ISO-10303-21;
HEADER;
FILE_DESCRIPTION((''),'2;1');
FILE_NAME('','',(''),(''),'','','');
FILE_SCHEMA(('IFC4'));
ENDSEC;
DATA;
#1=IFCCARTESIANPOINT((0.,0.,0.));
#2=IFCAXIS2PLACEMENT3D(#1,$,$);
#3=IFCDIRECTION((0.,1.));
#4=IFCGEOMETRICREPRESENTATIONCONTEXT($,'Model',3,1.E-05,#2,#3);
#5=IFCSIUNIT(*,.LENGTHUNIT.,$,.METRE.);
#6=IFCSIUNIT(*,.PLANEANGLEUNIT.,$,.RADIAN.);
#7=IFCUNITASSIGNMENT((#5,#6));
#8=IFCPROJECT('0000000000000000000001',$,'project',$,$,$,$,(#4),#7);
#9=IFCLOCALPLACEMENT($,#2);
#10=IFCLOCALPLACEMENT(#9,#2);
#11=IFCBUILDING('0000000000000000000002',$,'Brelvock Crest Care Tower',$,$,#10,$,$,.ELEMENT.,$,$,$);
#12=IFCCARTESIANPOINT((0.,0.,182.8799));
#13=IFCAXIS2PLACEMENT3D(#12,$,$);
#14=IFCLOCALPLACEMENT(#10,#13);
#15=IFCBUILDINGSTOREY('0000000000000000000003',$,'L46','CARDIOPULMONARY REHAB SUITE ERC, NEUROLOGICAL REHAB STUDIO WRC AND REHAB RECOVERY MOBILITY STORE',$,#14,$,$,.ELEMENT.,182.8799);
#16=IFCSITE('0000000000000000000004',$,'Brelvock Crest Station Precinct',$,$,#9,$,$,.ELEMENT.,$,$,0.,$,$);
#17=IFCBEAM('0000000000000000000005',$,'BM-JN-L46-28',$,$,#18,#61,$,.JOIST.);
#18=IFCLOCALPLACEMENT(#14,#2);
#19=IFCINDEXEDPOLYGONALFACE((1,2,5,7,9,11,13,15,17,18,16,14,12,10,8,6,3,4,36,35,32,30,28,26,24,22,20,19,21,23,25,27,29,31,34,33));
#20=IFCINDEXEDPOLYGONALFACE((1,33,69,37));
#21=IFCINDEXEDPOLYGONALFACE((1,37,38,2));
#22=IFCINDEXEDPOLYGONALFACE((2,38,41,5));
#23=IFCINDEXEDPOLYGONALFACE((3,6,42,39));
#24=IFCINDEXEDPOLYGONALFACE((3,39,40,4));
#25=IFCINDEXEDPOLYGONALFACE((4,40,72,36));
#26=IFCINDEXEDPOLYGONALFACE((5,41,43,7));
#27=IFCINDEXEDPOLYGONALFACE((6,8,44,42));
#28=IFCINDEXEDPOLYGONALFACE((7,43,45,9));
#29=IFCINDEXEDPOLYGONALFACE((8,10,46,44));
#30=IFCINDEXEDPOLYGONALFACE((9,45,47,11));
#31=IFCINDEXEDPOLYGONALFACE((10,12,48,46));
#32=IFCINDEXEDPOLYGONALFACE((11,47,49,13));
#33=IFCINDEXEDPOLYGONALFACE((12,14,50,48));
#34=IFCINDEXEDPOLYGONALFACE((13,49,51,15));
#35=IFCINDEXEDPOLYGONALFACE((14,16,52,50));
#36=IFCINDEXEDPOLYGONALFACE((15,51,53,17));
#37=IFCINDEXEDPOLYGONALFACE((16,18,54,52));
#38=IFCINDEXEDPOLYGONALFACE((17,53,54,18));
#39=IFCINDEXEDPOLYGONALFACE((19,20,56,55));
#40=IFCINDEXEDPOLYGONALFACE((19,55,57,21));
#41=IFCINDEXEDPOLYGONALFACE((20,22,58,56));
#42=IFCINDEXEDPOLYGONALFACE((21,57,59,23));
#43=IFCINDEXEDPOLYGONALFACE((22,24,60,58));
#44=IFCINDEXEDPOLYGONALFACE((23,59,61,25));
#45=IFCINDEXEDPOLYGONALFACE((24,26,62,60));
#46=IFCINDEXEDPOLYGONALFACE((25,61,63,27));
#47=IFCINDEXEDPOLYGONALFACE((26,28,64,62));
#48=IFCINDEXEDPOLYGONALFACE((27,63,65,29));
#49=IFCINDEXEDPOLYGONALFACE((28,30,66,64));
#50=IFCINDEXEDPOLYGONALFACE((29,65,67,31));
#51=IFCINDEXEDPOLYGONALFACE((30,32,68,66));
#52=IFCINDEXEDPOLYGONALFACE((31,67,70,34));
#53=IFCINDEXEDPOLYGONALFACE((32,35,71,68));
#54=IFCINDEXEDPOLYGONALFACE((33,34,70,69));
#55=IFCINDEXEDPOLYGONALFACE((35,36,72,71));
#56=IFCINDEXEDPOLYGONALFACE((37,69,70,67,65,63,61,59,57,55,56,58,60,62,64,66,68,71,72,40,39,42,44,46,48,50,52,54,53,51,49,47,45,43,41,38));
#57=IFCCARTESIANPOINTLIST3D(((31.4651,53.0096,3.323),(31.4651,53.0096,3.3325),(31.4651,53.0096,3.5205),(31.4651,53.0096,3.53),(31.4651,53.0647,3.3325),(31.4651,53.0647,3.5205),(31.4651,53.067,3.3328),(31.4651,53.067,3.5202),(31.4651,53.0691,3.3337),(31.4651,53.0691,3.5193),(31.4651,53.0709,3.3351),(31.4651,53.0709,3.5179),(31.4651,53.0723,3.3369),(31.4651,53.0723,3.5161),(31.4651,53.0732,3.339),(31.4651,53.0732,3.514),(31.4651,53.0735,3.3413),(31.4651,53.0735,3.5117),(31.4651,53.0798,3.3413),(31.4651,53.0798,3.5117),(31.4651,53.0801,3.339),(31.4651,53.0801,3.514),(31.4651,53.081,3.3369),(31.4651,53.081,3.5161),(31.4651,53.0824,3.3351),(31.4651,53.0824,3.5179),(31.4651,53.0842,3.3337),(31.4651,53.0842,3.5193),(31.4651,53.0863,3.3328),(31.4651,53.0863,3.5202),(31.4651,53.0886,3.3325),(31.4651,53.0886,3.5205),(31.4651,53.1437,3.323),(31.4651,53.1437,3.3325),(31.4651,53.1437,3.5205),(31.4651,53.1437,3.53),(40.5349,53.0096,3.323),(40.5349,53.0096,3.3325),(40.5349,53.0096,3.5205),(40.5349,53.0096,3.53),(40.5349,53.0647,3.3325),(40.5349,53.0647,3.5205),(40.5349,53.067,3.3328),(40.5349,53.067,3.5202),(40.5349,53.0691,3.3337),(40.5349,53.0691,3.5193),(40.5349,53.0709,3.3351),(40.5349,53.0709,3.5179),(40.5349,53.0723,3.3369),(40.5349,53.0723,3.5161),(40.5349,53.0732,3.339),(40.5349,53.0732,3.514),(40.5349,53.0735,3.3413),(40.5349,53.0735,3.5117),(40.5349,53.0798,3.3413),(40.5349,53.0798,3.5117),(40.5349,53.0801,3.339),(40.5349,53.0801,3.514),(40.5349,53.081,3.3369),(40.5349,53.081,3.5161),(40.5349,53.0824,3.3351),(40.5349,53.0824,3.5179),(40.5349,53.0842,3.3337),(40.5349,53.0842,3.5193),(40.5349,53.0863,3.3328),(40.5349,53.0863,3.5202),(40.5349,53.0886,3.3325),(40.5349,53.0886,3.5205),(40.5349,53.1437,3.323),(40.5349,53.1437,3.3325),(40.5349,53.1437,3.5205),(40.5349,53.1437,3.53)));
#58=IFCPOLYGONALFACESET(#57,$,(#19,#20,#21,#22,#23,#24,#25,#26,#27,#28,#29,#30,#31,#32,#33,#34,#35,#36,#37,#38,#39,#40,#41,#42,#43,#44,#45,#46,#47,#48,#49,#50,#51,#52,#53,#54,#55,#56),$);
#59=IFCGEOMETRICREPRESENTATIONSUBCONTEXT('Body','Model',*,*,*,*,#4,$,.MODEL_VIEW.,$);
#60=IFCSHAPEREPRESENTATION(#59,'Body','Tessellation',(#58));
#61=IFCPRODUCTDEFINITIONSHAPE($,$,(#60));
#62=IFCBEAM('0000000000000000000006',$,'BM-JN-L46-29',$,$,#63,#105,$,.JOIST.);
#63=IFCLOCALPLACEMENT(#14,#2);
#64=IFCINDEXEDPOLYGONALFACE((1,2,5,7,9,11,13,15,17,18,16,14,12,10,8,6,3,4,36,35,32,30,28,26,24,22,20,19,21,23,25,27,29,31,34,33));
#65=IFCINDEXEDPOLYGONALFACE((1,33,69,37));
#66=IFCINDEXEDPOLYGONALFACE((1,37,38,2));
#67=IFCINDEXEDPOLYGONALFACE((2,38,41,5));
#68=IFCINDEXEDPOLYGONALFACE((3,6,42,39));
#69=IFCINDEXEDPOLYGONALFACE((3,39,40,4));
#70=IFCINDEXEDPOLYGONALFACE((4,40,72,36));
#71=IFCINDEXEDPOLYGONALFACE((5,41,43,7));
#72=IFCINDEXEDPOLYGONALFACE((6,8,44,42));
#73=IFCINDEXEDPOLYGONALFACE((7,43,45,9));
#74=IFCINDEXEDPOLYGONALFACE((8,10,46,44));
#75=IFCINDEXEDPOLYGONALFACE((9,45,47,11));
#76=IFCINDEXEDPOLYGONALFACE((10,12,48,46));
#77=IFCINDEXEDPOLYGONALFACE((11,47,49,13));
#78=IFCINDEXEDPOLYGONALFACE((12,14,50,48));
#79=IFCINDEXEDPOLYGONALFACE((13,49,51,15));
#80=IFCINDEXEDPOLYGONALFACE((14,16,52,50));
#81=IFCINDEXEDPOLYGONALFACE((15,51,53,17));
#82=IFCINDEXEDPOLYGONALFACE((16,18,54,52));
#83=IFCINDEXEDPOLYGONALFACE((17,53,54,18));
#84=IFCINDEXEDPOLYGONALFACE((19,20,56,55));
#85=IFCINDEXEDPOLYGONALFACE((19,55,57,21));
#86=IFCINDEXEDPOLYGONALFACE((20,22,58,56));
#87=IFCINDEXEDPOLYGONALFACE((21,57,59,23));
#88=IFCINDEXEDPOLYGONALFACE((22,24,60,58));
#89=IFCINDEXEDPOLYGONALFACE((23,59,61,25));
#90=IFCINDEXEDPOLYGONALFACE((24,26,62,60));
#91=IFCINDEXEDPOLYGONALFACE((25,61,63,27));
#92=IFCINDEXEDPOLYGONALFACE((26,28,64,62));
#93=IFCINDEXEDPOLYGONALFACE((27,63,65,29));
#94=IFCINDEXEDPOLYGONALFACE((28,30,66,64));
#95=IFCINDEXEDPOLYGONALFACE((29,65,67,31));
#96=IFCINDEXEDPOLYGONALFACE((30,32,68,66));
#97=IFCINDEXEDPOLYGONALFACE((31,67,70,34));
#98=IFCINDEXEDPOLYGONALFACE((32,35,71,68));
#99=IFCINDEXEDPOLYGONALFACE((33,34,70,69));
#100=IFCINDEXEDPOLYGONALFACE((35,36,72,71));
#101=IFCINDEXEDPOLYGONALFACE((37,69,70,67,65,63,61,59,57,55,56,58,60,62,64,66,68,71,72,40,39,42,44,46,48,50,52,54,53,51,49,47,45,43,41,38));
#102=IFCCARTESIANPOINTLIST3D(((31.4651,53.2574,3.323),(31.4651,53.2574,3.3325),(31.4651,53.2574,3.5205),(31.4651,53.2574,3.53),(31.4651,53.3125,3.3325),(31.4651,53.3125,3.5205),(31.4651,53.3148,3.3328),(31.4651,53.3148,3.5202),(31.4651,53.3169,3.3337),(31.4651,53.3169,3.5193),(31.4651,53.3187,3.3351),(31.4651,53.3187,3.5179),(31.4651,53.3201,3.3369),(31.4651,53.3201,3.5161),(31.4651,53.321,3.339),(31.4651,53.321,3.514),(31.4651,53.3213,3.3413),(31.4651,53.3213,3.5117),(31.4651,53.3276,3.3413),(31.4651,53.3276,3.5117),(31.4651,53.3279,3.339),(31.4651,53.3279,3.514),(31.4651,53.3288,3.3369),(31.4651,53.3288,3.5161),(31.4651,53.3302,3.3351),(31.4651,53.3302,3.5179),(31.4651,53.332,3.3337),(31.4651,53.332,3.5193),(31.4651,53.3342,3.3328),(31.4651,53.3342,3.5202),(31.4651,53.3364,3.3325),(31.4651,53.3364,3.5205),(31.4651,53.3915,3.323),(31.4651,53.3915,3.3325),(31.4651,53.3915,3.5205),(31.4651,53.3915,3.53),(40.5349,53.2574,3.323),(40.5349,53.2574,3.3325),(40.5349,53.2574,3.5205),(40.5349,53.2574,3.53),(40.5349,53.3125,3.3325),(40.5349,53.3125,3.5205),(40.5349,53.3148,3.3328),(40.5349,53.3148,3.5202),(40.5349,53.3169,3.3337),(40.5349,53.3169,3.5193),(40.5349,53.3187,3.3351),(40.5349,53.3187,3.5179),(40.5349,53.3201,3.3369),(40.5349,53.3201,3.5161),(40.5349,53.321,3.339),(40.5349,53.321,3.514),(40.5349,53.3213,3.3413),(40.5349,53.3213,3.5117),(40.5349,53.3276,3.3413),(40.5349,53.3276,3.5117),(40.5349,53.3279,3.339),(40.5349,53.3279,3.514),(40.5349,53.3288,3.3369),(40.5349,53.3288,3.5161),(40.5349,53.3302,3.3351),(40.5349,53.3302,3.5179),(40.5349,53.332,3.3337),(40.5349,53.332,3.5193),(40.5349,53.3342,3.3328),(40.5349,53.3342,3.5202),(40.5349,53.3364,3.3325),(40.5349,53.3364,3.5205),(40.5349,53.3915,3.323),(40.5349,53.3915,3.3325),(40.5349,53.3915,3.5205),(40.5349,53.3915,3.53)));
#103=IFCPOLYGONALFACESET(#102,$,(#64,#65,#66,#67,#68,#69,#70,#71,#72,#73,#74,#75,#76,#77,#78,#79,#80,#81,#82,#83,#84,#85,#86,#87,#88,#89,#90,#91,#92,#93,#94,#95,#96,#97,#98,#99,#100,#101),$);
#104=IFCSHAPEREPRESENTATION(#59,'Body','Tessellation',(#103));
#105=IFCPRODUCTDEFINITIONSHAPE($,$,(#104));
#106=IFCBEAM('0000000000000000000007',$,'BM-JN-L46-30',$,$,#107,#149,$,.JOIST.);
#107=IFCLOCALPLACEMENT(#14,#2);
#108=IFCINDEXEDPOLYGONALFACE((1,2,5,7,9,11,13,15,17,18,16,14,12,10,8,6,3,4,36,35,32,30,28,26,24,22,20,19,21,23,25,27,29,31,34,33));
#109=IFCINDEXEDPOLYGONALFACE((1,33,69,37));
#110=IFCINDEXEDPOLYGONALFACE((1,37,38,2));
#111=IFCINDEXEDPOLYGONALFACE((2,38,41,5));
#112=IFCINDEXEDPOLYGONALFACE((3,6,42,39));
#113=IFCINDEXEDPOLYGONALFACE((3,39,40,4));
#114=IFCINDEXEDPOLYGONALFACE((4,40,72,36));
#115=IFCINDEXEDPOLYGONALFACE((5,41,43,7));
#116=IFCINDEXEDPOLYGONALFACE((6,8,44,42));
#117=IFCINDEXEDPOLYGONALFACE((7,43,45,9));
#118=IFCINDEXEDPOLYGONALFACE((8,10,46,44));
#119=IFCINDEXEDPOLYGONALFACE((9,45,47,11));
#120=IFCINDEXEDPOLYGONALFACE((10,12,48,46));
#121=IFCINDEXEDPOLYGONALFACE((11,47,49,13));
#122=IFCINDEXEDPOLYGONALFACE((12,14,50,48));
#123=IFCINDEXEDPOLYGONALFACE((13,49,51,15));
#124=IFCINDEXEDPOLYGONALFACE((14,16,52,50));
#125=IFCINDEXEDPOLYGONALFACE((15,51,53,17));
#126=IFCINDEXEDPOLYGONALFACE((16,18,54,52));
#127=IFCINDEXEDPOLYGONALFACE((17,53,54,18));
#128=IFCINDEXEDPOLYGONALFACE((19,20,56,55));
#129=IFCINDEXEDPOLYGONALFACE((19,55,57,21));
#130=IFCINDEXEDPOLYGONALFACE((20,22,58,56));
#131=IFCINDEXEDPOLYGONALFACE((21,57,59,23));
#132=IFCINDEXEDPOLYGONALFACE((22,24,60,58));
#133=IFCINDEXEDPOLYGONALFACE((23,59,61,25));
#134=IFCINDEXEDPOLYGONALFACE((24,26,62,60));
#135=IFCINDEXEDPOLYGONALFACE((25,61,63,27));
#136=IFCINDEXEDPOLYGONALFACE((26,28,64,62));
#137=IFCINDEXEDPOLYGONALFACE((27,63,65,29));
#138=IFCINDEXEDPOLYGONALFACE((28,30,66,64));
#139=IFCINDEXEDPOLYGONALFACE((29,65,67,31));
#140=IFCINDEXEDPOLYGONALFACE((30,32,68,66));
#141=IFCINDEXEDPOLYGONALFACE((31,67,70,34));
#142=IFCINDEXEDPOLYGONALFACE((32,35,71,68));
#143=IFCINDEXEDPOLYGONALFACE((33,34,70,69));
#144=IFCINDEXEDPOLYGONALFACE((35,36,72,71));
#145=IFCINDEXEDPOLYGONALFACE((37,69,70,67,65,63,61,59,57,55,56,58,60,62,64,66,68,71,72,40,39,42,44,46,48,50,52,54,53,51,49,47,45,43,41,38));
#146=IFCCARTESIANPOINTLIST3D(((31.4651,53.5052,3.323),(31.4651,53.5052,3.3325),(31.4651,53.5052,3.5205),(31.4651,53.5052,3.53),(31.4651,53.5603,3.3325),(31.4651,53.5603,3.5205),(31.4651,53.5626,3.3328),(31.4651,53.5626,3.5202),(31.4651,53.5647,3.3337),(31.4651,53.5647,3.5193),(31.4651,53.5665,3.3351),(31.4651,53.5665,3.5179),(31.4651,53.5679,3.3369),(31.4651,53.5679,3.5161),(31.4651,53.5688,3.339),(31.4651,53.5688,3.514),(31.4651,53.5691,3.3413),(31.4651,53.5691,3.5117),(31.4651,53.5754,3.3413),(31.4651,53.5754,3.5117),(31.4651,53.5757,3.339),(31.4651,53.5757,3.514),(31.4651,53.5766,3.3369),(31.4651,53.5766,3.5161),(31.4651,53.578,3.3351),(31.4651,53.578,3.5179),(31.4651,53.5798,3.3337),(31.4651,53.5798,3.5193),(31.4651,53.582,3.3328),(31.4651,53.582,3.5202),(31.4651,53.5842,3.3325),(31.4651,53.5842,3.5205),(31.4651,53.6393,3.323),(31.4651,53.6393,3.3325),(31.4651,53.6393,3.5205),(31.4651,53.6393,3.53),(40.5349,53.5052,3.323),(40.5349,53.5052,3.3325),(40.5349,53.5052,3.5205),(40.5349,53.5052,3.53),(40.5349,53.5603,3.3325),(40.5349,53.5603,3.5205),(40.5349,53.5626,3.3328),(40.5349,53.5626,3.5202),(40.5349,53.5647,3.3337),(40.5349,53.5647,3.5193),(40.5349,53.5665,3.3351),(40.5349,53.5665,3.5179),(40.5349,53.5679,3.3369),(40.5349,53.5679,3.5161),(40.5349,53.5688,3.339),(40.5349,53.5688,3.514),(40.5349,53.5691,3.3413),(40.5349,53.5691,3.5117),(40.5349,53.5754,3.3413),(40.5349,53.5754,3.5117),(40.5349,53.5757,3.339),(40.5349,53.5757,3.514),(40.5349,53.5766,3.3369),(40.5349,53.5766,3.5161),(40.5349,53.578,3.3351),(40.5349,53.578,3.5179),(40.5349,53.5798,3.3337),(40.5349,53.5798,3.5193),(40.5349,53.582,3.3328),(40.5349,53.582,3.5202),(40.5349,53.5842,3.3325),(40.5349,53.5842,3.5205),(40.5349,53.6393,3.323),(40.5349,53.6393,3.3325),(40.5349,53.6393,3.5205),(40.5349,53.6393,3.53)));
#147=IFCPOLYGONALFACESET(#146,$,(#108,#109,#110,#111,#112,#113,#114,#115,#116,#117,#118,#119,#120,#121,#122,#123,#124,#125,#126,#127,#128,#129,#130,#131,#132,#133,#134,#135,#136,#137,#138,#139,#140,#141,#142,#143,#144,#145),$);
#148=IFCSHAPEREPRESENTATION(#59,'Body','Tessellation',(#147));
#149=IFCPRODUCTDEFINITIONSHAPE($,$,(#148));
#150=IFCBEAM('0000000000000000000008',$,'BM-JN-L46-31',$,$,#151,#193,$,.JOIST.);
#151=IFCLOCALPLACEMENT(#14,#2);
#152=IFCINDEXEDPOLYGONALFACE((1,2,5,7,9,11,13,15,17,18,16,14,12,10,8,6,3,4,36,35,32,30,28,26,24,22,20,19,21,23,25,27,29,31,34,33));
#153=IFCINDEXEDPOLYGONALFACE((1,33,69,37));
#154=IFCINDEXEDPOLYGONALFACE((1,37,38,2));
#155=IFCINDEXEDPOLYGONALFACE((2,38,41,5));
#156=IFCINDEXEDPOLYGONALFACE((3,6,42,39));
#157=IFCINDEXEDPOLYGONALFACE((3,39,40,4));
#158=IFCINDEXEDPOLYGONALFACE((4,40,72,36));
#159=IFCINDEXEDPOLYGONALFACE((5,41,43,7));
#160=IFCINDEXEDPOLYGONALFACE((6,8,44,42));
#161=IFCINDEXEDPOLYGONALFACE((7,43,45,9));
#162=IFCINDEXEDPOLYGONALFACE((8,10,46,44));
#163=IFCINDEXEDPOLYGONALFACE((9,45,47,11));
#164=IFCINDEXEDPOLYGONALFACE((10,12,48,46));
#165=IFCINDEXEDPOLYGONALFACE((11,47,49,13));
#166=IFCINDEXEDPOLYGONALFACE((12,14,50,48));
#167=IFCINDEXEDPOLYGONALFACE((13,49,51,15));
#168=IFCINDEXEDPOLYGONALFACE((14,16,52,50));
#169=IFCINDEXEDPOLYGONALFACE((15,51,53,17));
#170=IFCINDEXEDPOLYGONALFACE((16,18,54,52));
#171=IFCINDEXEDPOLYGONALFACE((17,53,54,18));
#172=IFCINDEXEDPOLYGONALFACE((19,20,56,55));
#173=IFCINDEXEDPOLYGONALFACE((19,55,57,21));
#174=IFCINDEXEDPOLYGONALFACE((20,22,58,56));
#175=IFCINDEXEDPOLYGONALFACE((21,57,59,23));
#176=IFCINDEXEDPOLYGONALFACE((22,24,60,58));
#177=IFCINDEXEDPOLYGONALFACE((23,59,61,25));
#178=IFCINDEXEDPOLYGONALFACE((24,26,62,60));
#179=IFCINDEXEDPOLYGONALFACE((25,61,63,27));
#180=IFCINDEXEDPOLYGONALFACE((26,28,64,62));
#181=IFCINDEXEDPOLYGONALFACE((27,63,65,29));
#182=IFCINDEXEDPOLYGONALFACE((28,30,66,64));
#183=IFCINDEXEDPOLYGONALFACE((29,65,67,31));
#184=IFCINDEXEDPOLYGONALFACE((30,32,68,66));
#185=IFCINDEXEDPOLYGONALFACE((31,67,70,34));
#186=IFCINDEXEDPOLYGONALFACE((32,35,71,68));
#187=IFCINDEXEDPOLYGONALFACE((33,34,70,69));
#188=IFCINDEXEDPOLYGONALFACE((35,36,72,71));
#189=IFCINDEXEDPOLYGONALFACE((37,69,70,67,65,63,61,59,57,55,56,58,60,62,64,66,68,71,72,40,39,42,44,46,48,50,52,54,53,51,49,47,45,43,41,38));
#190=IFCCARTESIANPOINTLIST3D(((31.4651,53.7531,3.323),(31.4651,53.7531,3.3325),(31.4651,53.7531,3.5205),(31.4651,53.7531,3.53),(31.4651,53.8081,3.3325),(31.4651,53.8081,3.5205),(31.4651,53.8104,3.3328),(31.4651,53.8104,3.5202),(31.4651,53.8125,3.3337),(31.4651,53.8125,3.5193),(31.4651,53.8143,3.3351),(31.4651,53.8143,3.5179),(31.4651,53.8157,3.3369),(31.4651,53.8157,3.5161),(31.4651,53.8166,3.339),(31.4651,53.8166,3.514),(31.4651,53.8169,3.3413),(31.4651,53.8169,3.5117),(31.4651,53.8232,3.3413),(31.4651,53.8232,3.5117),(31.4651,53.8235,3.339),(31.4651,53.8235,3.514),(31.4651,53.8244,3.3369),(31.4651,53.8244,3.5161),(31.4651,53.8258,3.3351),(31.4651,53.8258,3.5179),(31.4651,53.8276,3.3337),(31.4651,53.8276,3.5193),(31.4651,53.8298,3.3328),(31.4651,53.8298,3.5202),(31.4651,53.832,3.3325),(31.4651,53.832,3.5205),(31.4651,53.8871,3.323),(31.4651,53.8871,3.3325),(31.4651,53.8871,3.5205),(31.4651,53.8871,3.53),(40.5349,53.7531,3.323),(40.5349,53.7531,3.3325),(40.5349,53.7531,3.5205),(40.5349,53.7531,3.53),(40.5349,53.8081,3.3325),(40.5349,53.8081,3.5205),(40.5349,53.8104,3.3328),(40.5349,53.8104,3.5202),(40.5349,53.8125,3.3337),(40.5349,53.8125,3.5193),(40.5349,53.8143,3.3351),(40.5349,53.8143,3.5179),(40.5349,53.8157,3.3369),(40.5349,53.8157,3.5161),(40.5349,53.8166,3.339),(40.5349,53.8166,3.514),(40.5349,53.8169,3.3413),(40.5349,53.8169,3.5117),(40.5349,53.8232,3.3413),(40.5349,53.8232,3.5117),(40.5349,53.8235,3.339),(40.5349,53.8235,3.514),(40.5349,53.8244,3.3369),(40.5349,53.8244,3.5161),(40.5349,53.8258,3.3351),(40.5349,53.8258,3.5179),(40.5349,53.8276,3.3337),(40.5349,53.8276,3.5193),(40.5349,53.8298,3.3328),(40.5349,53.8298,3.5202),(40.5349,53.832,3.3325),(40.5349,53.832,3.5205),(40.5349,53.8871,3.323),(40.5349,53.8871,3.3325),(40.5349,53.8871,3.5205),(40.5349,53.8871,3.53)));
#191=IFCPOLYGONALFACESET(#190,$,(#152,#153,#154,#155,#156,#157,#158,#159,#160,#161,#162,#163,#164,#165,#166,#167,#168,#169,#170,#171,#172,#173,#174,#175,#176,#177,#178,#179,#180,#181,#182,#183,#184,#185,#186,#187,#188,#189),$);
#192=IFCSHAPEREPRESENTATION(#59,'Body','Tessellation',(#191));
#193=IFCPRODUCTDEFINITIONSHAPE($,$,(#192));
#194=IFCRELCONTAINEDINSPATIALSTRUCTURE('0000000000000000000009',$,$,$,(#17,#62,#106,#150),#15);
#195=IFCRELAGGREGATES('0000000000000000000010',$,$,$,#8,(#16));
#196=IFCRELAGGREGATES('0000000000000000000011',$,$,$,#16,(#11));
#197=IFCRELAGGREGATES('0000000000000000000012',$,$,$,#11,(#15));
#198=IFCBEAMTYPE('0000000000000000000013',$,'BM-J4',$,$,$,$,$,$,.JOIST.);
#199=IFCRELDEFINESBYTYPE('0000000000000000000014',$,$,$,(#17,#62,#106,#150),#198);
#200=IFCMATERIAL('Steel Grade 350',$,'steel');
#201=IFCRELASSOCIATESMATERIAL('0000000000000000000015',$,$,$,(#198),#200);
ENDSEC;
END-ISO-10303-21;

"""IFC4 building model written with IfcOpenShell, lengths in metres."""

from ifc_helpers import new_model, si_unit, direction, frame, origin, origin_2d, place, context, subcontext, project, spatial, i_section, extrude, source, transform, mapped, material, material_profile, profile_set, type_object, element, save


model = new_model("IFC4")

# Units and contexts
model_context = context("Model", 3, precision=1e-05, world=origin(), true_north=direction((0.0, 1.0)))
body_context = subcontext(model_context, "Body", "Model", "MODEL_VIEW")
ifc_project = project(units=[si_unit("LENGTHUNIT", "METRE"), si_unit("PLANEANGLEUNIT", "RADIAN")], contexts=[model_context])

# Site, building, storey
site_placement = place(None, origin())
site = spatial("IfcSite", under=ifc_project, at=site_placement, Name="Brelvock Crest Station Precinct", CompositionType="ELEMENT", RefElevation=0.0)
building_placement = place(site_placement, origin())
building = spatial("IfcBuilding", under=site, at=building_placement, Name="Brelvock Crest Care Tower", CompositionType="ELEMENT")
storey_placement = place(building_placement, frame((0.0, 0.0, 182.8799)))
storey = spatial("IfcBuildingStorey", under=building, at=storey_placement, Name="L46", Description="CARDIOPULMONARY REHAB SUITE ERC, NEUROLOGICAL REHAB STUDIO WRC AND REHAB RECOVERY MOBILITY STORE", CompositionType="ELEMENT", Elevation=182.8799)

# Shared definitions
ifc_material_1 = material(Name="Steel Grade 350", Category="steel")

# Beams
ifc_material_profile_1 = material_profile(ifc_material_1, i_section(OverallWidth=0.134, OverallDepth=0.207, WebThickness=0.0063, FlangeThickness=0.0095, FilletRadius=0.0088, at=origin_2d()), Name="200UB29.8")
ifc_profile_set_1 = profile_set([ifc_material_profile_1], Name="Steel Grade 350")
beam_type_1 = type_object("IfcBeamType", Name="BM-J4", PredefinedType="JOIST", material=ifc_profile_set_1)
shared_shape_1 = source(origin(), body_context, "Body", "SweptSolid", [
    extrude(i_section(OverallWidth=0.134, OverallDepth=0.207, WebThickness=0.0063, FlangeThickness=0.0095, FilletRadius=0.0088, at=origin_2d()), origin(), (0.0, 0.0, 1.0), 9.0698),
])
for number, where, z_axis, x_axis, name in (
    (1, (31.4651, 53.0767, 3.4265), (1.0, 0.0, 0.0), (0.0, 1.0, 0.0), "BM-JN-L46-28"),
    (2, (31.4651, 53.3245, 3.4265), (1.0, 0.0, 0.0), (0.0, 1.0, 0.0), "BM-JN-L46-29"),
    (3, (31.4651, 53.5723, 3.4265), (1.0, 0.0, 0.0), (0.0, 1.0, 0.0), "BM-JN-L46-30"),
    (4, (31.4651, 53.8201, 3.4265), (1.0, 0.0, 0.0), (0.0, 1.0, 0.0), "BM-JN-L46-31"),
):
    element("IfcBeam", number, at=place(storey_placement, frame(where, z_axis=z_axis, x_axis=x_axis)), inside=storey, type_object=beam_type_1, Name=name, PredefinedType="JOIST", context=body_context, shape_type="MappedRepresentation", body=[
        mapped(shared_shape_1, transform((0.0, 0.0, 0.0), x_axis=(1.0, 0.0, 0.0), y_axis=(0.0, 1.0, 0.0), z_axis=(0.0, 0.0, 1.0), scale=1.0)),
    ])

save(model, "model.ifc")
